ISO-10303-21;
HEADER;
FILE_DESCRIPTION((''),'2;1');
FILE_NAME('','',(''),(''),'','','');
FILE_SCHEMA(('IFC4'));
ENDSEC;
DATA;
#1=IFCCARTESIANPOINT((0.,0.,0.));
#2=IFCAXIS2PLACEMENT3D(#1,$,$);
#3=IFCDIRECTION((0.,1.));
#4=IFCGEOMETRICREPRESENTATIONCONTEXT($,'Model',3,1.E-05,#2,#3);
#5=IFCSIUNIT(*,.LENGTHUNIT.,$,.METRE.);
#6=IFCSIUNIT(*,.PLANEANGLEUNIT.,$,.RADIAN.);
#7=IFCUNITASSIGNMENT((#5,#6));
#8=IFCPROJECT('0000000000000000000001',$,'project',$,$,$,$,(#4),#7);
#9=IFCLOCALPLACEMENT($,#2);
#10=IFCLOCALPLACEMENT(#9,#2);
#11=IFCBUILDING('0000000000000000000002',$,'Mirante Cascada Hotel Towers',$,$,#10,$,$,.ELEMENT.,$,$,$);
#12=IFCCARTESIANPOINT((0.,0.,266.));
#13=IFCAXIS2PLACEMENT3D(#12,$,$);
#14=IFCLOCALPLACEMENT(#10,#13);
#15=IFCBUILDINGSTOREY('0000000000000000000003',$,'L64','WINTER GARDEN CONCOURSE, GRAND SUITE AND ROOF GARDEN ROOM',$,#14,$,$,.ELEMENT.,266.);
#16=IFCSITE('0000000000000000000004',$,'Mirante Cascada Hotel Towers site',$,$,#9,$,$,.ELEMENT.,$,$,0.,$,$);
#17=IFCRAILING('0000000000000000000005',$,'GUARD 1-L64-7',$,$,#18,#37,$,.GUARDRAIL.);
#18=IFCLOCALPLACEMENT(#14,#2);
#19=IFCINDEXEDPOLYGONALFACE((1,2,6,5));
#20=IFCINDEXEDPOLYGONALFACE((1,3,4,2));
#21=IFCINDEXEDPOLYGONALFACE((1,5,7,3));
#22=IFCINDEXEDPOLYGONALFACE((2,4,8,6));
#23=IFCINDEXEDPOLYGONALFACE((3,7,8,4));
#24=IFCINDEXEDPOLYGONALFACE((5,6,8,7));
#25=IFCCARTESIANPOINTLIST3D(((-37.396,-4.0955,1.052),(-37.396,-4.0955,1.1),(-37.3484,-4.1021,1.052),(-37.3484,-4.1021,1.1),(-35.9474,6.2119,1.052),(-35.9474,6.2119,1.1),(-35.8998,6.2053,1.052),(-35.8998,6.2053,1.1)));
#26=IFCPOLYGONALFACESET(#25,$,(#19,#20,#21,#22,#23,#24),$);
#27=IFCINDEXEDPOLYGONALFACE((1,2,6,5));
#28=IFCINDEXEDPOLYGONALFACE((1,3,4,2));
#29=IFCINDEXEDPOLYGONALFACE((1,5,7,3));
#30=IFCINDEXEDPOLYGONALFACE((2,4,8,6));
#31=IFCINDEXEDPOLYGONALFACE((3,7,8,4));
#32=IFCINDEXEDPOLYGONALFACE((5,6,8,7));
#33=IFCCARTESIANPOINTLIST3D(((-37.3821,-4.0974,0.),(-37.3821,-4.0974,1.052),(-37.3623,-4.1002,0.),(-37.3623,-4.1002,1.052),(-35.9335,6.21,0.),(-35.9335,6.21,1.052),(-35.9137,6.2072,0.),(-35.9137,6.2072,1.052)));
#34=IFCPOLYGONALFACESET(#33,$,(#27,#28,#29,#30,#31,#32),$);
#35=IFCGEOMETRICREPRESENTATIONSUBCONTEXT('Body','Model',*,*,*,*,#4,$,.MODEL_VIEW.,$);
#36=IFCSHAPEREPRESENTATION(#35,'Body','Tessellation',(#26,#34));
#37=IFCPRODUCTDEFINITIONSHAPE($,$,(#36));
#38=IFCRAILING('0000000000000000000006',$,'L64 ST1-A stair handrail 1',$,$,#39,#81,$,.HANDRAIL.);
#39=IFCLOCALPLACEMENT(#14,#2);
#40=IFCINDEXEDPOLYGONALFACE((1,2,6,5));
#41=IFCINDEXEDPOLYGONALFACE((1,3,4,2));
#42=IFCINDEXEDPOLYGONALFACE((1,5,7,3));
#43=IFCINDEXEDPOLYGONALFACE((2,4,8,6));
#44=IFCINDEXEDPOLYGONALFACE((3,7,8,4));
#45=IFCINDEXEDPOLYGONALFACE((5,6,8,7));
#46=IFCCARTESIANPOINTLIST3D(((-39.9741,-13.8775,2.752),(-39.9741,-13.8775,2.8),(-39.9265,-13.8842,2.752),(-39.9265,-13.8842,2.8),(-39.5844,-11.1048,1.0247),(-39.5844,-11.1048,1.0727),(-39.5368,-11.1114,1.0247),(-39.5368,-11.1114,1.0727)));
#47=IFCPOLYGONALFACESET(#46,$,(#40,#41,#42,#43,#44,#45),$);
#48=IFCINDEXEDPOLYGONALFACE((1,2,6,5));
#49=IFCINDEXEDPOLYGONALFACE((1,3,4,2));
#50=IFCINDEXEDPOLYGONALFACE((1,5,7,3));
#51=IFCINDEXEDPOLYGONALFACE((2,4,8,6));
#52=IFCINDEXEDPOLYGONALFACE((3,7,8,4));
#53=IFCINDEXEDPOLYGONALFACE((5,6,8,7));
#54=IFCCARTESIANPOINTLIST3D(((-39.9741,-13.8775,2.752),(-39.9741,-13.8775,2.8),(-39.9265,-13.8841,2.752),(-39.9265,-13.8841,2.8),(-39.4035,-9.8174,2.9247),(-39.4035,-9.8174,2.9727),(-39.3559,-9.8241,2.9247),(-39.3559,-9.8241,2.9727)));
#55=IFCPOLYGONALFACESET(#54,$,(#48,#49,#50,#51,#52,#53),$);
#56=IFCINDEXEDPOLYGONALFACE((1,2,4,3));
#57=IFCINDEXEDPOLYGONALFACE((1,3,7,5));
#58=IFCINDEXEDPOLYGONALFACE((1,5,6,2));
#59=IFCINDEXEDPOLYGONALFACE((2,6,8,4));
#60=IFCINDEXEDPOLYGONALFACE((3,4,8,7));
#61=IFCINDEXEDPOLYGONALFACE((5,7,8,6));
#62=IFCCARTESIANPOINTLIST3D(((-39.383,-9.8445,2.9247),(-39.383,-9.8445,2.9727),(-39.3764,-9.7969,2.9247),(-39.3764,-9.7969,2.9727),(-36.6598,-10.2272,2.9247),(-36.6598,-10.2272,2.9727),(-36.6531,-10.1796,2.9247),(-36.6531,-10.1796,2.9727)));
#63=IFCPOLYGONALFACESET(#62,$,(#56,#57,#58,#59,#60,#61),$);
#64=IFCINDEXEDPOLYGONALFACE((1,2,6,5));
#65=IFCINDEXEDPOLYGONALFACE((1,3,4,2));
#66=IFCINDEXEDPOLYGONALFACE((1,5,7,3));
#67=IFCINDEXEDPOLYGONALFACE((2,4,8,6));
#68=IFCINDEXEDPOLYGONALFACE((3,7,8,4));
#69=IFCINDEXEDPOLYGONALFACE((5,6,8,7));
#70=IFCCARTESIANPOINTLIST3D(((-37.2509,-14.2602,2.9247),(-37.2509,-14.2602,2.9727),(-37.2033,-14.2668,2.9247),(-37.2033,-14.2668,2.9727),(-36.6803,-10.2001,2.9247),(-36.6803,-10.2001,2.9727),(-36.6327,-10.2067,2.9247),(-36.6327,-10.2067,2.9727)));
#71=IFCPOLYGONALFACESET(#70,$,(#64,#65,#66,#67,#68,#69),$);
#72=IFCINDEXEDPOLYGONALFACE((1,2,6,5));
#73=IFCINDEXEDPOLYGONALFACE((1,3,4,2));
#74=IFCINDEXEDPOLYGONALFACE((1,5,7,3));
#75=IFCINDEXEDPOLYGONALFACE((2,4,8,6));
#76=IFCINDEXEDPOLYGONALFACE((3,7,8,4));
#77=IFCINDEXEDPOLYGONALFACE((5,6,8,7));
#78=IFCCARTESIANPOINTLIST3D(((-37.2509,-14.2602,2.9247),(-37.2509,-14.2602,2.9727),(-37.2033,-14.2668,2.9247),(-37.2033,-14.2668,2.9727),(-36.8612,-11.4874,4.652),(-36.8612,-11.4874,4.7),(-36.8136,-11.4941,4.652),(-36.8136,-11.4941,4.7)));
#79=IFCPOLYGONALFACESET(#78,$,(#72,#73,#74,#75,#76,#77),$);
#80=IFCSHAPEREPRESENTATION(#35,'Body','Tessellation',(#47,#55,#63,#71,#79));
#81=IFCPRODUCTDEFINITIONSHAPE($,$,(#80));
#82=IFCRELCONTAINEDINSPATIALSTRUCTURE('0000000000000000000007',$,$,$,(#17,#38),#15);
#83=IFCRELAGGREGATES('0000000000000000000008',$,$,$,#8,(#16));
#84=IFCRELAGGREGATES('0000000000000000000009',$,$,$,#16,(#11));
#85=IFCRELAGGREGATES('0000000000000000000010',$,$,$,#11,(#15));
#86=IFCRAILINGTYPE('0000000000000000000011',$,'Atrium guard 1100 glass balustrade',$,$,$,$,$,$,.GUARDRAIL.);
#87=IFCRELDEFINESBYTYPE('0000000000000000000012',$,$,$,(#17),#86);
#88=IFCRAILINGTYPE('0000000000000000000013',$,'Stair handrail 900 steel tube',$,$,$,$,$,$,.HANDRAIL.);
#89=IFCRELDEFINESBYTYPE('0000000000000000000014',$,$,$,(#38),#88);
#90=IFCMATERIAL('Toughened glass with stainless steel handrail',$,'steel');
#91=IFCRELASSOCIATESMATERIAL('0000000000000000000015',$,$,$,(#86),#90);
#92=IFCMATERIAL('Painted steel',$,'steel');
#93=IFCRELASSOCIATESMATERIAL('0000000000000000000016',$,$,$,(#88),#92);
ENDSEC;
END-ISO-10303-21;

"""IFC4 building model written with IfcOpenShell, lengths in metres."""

from ifc_helpers import new_model, si_unit, direction, frame, origin, origin_2d, place, context, subcontext, project, spatial, rectangle, extrude, material, type_object, element, save


model = new_model("IFC4")

# Units and contexts
model_context = context("Model", 3, precision=1e-05, world=origin(), true_north=direction((0.0, 1.0)))
body_context = subcontext(model_context, "Body", "Model", "MODEL_VIEW")
ifc_project = project(units=[si_unit("LENGTHUNIT", "METRE"), si_unit("PLANEANGLEUNIT", "RADIAN")], contexts=[model_context])

# Site, building, storey
site_placement = place(None, origin())
site = spatial("IfcSite", under=ifc_project, at=site_placement, Name="Mirante Cascada Hotel Towers site", CompositionType="ELEMENT", RefElevation=0.0)
building_placement = place(site_placement, origin())
building = spatial("IfcBuilding", under=site, at=building_placement, Name="Mirante Cascada Hotel Towers", CompositionType="ELEMENT")
storey_placement = place(building_placement, frame((0.0, 0.0, 266.0)))
storey = spatial("IfcBuildingStorey", under=building, at=storey_placement, Name="L64", Description="WINTER GARDEN CONCOURSE, GRAND SUITE AND ROOF GARDEN ROOM", CompositionType="ELEMENT", Elevation=266.0)

# Railings
ifc_material_1 = material(Name="Toughened glass with stainless steel handrail", Category="steel")
railing_type_1 = type_object("IfcRailingType", Name="Atrium guard 1100 glass balustrade", PredefinedType="GUARDRAIL", material=ifc_material_1)
railing_1_placement = place(storey_placement, frame((-37.3722, -4.0988, 0.0)))
element("IfcRailing", 1, at=railing_1_placement, inside=storey, type_object=railing_type_1, Name="GUARD 1-L64-7", PredefinedType="GUARDRAIL", context=body_context, shape_type="SweptSolid", body=[
    extrude(rectangle(XDim=0.048, YDim=0.048, at=origin_2d()), frame((0.0, 0.0, 1.076), z_axis=(0.139172, 0.990268, 0.0), x_axis=(-0.990268, 0.139172, 0.0)), (0.0, 0.0, 1.0), 10.4087),
    extrude(rectangle(XDim=0.02, YDim=1.052, at=origin_2d()), frame((0.0, 0.0, 0.526), z_axis=(0.139172, 0.990268, 0.0), x_axis=(-0.990268, 0.139172, 0.0)), (0.0, 0.0, 1.0), 10.4087),
])
ifc_material_2 = material(Name="Painted steel", Category="steel")
railing_type_2 = type_object("IfcRailingType", Name="Stair handrail 900 steel tube", PredefinedType="HANDRAIL", material=ifc_material_2)
railing_2_placement = place(storey_placement, frame((-39.5606, -11.1081, 0.1727)))
element("IfcRailing", 2, at=railing_2_placement, inside=storey, type_object=railing_type_2, Name="L64 ST1-A stair handrail 1", PredefinedType="HANDRAIL", context=body_context, shape_type="SweptSolid", body=[
    extrude(rectangle(XDim=0.048, YDim=0.048, at=origin_2d()), frame((0.0, 0.0, 0.876), z_axis=(-0.139181, -0.990267, 0.0), x_axis=(0.990267, -0.139181, 0.0)), (0.0, 0.525035, 0.851081), 3.2899),
    extrude(rectangle(XDim=0.048, YDim=0.048, at=origin_2d()), frame((-0.3897, -2.7727, 2.6033), z_axis=(0.139171, 0.990268, 0.0), x_axis=(-0.990268, 0.139171, 0.0)), (0.0, 0.042085, 0.999114), 4.1036),
    extrude(rectangle(XDim=0.048, YDim=0.048, at=origin_2d()), frame((0.1809, 1.2874, 2.776), z_axis=(0.990269, -0.139166, 0.0), x_axis=(0.139166, 0.990269, 0.0)), (0.0, 0.0, 1.0), 2.75),
    extrude(rectangle(XDim=0.048, YDim=0.048, at=origin_2d()), frame((2.9041, 0.9047, 2.776), z_axis=(-0.139171, -0.990268, 0.0), x_axis=(0.990268, -0.139171, 0.0)), (0.0, 0.0, 1.0), 4.1),
    extrude(rectangle(XDim=0.048, YDim=0.048, at=origin_2d()), frame((2.3335, -3.1554, 2.776), z_axis=(0.139181, 0.990267, 0.0), x_axis=(-0.990267, 0.139181, 0.0)), (0.0, 0.525035, 0.851081), 3.2899),
])

save(model, "model.ifc")
